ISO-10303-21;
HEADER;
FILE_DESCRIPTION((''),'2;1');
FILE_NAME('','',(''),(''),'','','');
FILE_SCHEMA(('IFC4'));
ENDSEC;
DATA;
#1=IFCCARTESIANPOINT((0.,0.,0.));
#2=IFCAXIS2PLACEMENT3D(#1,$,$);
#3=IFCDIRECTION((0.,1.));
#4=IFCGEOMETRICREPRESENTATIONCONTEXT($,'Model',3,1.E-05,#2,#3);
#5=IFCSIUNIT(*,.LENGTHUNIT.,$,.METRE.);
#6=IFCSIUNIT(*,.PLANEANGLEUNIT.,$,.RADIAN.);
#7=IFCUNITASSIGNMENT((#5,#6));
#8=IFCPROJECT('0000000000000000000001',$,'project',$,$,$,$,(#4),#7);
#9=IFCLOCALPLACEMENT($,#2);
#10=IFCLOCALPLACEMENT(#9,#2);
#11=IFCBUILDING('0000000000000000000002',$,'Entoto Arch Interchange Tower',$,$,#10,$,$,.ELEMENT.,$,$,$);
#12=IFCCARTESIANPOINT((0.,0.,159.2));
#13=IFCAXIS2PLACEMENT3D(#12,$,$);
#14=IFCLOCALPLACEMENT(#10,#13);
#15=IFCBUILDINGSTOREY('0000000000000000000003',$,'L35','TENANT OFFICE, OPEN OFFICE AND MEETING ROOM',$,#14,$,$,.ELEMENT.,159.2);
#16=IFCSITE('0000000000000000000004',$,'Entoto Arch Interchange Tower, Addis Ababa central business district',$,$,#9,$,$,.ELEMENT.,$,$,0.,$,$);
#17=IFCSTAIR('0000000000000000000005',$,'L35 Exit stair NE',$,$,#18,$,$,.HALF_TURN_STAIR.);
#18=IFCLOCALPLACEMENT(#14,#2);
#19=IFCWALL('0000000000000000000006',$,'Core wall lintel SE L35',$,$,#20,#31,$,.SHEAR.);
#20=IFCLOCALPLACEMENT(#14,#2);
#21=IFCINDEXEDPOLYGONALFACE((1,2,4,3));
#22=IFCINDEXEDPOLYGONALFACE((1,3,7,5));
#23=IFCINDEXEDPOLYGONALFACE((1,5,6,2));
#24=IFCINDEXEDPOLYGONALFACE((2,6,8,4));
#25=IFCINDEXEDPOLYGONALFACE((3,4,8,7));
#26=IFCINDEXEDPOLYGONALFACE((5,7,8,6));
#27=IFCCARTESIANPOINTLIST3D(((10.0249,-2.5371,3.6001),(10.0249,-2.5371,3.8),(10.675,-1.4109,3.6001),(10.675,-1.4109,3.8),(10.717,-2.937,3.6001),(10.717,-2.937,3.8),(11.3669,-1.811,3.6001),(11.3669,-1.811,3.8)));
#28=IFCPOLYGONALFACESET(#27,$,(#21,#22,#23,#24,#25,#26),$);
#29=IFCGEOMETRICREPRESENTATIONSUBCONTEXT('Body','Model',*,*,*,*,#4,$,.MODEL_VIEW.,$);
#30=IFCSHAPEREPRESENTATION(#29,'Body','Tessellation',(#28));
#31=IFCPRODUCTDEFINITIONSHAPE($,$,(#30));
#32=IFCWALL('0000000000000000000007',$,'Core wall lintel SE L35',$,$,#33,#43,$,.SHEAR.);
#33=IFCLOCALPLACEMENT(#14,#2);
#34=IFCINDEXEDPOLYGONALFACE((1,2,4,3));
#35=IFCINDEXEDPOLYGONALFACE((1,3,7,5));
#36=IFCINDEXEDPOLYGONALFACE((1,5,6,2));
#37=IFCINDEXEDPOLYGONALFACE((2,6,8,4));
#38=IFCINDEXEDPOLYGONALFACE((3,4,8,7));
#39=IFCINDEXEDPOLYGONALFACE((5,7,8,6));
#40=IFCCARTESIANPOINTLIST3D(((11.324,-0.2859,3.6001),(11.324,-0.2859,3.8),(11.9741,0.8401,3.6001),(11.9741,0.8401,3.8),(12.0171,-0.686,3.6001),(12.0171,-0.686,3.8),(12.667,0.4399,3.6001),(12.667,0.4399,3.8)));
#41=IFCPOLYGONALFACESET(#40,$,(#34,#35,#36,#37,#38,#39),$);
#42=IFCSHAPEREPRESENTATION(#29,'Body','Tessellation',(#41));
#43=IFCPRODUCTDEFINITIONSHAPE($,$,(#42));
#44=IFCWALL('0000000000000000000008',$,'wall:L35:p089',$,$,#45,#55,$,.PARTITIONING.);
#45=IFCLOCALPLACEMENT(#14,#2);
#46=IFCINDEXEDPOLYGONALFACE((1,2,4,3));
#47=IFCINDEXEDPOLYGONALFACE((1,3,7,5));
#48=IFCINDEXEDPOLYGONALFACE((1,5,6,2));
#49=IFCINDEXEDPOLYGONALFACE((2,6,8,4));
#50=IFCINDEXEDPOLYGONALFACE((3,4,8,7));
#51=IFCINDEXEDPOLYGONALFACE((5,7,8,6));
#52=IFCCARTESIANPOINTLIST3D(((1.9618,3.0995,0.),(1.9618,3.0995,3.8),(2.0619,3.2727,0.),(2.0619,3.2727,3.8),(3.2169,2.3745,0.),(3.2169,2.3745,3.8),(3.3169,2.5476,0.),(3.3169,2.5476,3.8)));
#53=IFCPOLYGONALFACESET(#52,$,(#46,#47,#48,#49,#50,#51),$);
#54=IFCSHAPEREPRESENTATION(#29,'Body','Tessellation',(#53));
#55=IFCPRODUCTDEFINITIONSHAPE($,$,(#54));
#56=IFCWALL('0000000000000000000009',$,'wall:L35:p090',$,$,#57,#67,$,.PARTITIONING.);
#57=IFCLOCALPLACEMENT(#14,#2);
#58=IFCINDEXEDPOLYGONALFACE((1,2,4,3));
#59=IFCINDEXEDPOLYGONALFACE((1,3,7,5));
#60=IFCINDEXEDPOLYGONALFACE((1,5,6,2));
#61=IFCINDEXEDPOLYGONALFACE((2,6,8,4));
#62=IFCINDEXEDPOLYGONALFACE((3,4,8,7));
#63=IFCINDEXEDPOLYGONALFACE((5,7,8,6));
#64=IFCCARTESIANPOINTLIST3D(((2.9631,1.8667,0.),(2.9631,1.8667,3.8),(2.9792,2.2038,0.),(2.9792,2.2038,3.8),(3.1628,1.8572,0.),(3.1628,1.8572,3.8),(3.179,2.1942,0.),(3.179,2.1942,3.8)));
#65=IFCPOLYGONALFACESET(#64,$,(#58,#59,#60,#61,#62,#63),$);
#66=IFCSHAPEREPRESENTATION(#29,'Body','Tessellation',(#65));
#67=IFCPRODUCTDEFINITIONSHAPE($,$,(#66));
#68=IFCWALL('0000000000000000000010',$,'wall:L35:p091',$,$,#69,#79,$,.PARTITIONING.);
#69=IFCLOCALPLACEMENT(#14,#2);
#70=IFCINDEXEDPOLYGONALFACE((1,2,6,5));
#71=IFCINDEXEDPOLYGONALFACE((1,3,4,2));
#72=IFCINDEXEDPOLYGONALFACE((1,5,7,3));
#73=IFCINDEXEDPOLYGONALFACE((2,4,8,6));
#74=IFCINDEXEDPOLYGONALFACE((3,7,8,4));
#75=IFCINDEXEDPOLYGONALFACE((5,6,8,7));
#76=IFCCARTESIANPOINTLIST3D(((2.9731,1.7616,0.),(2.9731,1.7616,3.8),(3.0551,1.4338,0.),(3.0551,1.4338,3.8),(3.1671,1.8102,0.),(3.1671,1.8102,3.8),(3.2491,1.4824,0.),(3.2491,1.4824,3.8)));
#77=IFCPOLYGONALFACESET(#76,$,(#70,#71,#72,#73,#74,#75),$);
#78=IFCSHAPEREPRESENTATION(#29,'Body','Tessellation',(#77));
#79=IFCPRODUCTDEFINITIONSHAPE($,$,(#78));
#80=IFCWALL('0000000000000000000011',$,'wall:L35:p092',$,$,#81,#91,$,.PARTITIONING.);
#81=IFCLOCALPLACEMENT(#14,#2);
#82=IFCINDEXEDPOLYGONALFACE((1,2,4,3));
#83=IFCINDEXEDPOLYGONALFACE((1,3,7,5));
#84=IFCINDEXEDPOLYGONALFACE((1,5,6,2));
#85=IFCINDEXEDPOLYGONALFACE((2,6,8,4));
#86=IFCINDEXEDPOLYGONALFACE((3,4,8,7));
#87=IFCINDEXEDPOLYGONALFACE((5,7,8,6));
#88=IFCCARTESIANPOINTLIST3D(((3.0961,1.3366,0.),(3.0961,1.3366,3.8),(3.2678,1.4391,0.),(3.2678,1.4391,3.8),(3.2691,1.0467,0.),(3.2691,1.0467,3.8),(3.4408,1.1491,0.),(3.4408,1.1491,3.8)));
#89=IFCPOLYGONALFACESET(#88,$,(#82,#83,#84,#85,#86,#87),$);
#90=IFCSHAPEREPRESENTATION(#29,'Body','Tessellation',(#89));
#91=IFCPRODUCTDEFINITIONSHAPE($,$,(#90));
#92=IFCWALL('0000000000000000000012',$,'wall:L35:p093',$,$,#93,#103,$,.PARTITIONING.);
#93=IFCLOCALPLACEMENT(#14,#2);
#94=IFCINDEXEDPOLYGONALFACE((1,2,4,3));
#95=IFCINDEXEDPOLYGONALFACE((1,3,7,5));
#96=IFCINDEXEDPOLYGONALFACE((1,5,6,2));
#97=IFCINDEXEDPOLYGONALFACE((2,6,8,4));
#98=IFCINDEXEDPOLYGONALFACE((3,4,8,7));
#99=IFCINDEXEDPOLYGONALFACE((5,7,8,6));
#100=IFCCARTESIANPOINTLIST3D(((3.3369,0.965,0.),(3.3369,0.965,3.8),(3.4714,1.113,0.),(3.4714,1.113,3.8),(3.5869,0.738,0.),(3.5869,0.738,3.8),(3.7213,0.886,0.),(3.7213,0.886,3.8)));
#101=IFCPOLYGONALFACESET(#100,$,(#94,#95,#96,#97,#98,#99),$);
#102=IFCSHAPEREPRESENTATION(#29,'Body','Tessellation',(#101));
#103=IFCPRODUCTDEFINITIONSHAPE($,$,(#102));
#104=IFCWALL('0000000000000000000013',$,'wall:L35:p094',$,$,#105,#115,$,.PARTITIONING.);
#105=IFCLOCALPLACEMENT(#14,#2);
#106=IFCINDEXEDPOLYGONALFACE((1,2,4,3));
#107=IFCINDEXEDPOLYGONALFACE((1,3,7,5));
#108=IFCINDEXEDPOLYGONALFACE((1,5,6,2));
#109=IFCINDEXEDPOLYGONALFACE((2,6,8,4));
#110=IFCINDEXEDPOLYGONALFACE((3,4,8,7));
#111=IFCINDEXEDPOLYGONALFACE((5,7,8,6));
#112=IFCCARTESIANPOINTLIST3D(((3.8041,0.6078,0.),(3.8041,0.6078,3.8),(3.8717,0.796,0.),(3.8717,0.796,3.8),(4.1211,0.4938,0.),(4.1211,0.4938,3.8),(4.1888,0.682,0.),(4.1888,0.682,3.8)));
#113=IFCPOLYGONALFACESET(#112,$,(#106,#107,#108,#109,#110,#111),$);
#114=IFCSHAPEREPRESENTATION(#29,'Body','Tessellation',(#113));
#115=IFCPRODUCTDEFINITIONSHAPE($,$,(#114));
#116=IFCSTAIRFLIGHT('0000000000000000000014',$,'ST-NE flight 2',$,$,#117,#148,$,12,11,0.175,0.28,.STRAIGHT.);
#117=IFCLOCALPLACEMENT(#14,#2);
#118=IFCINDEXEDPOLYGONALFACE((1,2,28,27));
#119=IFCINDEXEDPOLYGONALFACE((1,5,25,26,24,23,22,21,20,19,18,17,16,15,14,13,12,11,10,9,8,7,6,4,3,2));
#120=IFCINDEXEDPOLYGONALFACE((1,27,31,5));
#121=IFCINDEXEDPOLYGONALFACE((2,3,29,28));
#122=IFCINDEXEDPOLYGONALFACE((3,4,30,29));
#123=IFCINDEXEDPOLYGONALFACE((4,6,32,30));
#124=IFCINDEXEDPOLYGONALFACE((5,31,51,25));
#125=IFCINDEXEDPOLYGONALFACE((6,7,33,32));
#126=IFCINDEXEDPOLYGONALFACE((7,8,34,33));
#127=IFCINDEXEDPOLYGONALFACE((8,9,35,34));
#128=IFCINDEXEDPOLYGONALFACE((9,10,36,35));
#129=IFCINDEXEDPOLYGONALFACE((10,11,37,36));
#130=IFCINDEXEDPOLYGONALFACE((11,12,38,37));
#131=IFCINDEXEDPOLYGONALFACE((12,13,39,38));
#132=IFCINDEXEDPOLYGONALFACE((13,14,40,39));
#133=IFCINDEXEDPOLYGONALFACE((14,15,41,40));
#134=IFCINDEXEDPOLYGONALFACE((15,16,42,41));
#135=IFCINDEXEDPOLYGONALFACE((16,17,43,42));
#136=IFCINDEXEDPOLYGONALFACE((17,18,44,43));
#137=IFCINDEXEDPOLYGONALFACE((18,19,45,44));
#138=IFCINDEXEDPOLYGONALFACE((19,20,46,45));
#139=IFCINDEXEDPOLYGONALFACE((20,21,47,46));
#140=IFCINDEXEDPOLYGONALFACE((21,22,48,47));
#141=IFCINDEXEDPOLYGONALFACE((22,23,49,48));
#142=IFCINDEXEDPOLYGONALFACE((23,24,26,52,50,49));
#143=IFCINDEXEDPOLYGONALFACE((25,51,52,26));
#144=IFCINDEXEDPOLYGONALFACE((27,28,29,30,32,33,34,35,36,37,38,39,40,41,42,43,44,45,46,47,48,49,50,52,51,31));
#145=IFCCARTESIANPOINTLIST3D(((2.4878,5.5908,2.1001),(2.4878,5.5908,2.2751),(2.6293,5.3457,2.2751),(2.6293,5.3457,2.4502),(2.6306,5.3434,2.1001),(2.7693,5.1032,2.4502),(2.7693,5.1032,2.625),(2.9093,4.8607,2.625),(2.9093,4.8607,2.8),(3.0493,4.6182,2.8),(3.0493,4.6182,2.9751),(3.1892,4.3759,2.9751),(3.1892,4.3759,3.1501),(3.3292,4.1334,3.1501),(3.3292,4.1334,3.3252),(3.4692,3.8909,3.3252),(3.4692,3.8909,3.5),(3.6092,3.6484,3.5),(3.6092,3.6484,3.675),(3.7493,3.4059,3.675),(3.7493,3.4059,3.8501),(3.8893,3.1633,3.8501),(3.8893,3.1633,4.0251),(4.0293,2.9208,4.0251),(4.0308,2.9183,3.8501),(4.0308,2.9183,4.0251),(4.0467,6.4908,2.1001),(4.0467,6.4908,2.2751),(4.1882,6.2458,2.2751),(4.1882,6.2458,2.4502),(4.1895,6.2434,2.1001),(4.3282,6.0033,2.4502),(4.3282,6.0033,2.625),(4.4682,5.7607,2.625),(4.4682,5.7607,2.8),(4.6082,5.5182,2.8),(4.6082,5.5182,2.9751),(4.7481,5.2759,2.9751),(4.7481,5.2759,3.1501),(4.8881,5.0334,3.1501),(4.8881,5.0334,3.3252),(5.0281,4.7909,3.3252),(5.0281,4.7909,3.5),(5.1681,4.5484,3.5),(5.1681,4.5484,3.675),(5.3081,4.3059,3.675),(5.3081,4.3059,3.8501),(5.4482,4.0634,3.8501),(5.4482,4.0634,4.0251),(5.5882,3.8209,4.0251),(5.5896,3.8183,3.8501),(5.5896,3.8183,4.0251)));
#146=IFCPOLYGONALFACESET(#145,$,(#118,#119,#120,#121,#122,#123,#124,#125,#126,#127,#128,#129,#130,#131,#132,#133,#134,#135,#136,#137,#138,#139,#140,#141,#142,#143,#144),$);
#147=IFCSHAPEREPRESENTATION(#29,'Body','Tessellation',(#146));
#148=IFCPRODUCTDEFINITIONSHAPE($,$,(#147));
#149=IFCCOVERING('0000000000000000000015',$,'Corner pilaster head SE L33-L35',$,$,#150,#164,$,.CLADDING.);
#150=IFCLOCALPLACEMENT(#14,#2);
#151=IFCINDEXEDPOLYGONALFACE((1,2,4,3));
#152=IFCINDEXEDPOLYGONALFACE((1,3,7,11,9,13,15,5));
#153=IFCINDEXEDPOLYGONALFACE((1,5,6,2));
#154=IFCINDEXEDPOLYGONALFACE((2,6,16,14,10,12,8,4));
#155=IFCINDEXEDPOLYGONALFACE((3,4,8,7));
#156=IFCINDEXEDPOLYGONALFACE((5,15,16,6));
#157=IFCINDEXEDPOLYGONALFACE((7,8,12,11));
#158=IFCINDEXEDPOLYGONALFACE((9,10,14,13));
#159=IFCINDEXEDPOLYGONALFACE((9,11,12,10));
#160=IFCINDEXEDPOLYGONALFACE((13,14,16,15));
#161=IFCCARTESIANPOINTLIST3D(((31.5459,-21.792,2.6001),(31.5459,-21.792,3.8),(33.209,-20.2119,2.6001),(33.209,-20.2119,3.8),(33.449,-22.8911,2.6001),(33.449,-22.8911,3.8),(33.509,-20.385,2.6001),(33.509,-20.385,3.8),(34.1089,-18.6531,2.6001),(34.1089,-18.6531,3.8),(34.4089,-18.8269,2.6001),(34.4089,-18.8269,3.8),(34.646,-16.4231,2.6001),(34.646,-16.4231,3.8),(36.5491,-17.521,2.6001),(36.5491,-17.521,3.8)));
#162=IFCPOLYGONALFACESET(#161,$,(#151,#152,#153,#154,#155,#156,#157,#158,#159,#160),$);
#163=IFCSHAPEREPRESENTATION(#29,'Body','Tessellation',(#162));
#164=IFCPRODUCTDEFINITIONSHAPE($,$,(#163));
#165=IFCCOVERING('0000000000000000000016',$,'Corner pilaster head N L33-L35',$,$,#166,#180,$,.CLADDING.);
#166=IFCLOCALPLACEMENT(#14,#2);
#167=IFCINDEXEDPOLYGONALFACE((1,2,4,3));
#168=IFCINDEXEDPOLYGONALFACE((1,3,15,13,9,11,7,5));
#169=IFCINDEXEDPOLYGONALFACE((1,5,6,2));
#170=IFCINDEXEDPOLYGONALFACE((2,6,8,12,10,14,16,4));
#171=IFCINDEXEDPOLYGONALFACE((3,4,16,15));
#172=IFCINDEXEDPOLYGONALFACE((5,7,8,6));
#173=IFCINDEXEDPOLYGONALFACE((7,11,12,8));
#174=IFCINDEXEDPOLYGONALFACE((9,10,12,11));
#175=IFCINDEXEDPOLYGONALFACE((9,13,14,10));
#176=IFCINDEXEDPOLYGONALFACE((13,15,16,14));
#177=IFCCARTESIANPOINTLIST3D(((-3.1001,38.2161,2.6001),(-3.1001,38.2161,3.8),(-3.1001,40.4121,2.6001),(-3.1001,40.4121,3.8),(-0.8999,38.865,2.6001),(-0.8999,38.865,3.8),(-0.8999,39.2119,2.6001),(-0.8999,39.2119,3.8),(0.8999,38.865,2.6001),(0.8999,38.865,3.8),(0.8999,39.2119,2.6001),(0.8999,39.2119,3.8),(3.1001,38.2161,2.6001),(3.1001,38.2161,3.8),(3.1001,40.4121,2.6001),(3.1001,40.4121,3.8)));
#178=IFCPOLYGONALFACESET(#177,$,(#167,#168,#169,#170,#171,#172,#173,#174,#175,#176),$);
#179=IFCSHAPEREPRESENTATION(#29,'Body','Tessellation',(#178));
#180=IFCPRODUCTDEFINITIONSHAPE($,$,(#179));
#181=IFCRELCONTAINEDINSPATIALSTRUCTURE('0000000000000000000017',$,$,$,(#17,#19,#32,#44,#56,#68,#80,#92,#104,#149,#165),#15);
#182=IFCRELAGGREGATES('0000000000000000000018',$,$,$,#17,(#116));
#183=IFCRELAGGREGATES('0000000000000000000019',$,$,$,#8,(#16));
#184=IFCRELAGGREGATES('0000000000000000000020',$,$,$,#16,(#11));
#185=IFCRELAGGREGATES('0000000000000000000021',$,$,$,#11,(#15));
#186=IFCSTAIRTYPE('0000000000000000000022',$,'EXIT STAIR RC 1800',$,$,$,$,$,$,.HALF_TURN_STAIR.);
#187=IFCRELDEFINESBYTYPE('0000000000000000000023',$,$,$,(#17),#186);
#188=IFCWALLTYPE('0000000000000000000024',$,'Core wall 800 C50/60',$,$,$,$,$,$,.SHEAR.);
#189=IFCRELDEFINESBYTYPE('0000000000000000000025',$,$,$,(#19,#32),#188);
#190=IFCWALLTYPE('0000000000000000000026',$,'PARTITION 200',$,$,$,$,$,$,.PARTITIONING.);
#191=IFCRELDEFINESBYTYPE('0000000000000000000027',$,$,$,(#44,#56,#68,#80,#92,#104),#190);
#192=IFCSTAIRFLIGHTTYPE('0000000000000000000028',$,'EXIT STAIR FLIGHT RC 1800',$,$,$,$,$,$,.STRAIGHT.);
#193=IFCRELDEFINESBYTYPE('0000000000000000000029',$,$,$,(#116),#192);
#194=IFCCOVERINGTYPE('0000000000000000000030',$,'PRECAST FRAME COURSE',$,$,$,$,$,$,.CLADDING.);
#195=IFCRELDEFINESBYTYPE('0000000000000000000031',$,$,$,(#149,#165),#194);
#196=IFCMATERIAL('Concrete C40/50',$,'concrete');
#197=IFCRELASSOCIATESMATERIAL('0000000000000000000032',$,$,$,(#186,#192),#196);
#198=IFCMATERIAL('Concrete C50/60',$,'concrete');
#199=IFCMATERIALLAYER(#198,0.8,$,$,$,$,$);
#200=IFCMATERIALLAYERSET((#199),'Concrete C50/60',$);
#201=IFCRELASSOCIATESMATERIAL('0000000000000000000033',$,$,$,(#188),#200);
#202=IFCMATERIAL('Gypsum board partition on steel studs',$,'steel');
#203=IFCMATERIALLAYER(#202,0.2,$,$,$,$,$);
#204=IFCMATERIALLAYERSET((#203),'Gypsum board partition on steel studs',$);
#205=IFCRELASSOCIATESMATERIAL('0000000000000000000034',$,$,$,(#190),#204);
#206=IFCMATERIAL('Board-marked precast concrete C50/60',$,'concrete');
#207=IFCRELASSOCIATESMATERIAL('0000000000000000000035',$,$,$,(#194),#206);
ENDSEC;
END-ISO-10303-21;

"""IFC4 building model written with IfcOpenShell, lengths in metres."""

from ifc_helpers import new_model, si_unit, direction, frame, frame_2d, origin, place, context, subcontext, project, spatial, polyline, rectangle, outline, extrude, material, layer, layer_set, type_object, element, aggregate, save


model = new_model("IFC4")

# Units and contexts
model_context = context("Model", 3, precision=1e-05, world=origin(), true_north=direction((0.0, 1.0)))
body_context = subcontext(model_context, "Body", "Model", "MODEL_VIEW")
ifc_project = project(units=[si_unit("LENGTHUNIT", "METRE"), si_unit("PLANEANGLEUNIT", "RADIAN")], contexts=[model_context])

# Site, building, storey
site_placement = place(None, origin())
site = spatial("IfcSite", under=ifc_project, at=site_placement, Name="Entoto Arch Interchange Tower, Addis Ababa central business district", CompositionType="ELEMENT", RefElevation=0.0)
building_placement = place(site_placement, origin())
building = spatial("IfcBuilding", under=site, at=building_placement, Name="Entoto Arch Interchange Tower", CompositionType="ELEMENT")
storey_placement = place(building_placement, frame((0.0, 0.0, 159.2)))
storey = spatial("IfcBuildingStorey", under=building, at=storey_placement, Name="L35", Description="TENANT OFFICE, OPEN OFFICE AND MEETING ROOM", CompositionType="ELEMENT", Elevation=159.2)

# Shared definitions
ifc_material_1 = material(Name="Board-marked precast concrete C50/60", Category="concrete")
ifc_material_2 = material(Name="Concrete C40/50", Category="concrete")

# Stair
stair_type = type_object("IfcStairType", Name="EXIT STAIR RC 1800", PredefinedType="HALF_TURN_STAIR", material=ifc_material_2)
stair_1_placement = place(storey_placement, origin())
stair_1 = element("IfcStair", 1, at=stair_1_placement, inside=storey, type_object=stair_type, Name="L35 Exit stair NE", PredefinedType="HALF_TURN_STAIR")

# Walls
ifc_material_3 = material(Name="Concrete C50/60", Category="concrete")
ifc_layer_1 = layer(ifc_material_3, 0.8)
ifc_layer_set_1 = layer_set([ifc_layer_1], Name="Concrete C50/60")
wall_type_1 = type_object("IfcWallType", Name="Core wall 800 C50/60", PredefinedType="SHEAR", material=ifc_layer_set_1)
wall_1_placement = place(storey_placement, frame((0.0, 0.0, 3.6001)))
element("IfcWall", 2, at=wall_1_placement, inside=storey, type_object=wall_type_1, Name="Core wall lintel SE L35", PredefinedType="SHEAR", context=body_context, shape_type="SweptSolid", body=[
    extrude(outline(polyline([(11.3669, -1.811), (10.675, -1.4109), (10.0249, -2.5371), (10.717, -2.937), (11.3669, -1.811)])), origin(), (0.0, 0.0, 1.0), 0.2),
])
wall_2_placement = place(storey_placement, frame((0.0, 0.0, 3.6001)))
element("IfcWall", 3, at=wall_2_placement, inside=storey, type_object=wall_type_1, Name="Core wall lintel SE L35", PredefinedType="SHEAR", context=body_context, shape_type="SweptSolid", body=[
    extrude(outline(polyline([(12.667, 0.4399), (11.9741, 0.8401), (11.324, -0.2859), (12.0171, -0.686), (12.667, 0.4399)])), origin(), (0.0, 0.0, 1.0), 0.2),
])
ifc_material_4 = material(Name="Gypsum board partition on steel studs", Category="steel")
ifc_layer_2 = layer(ifc_material_4, 0.2)
ifc_layer_set_2 = layer_set([ifc_layer_2], Name="Gypsum board partition on steel studs")
wall_type_2 = type_object("IfcWallType", Name="PARTITION 200", PredefinedType="PARTITIONING", material=ifc_layer_set_2)
wall_3_placement = place(storey_placement, frame((2.012, 3.186, 0.0), z_axis=(0.0, 0.0, 1.0), x_axis=(0.865891, -0.500233, 0.0)))
element("IfcWall", 4, at=wall_3_placement, inside=storey, type_object=wall_type_2, Name="wall:L35:p089", PredefinedType="PARTITIONING", context=body_context, shape_type="SweptSolid", body=[
    extrude(rectangle(XDim=1.4495, YDim=0.2, at=frame_2d((0.7246, 0.0))), origin(), (0.0, 0.0, 1.0), 3.8),
])
wall_4_placement = place(storey_placement, frame((3.0791, 2.199, 0.0), z_axis=(0.0, 0.0, 1.0), x_axis=(-0.047771, -0.998858, 0.0)))
element("IfcWall", 5, at=wall_4_placement, inside=storey, type_object=wall_type_2, Name="wall:L35:p090", PredefinedType="PARTITIONING", context=body_context, shape_type="SweptSolid", body=[
    extrude(rectangle(XDim=0.3374, YDim=0.2, at=frame_2d((0.1687, 0.0))), origin(), (0.0, 0.0, 1.0), 3.8),
])
wall_5_placement = place(storey_placement, frame((3.0701, 1.7859, 0.0), z_axis=(0.0, 0.0, 1.0), x_axis=(0.242706, -0.9701, 0.0)))
element("IfcWall", 6, at=wall_5_placement, inside=storey, type_object=wall_type_2, Name="wall:L35:p091", PredefinedType="PARTITIONING", context=body_context, shape_type="SweptSolid", body=[
    extrude(rectangle(XDim=0.3379, YDim=0.2, at=frame_2d((0.1689, 0.0))), origin(), (0.0, 0.0, 1.0), 3.8),
])
for number, where, z_axis, x_axis, name in (
    (7, (3.1819, 1.3879, 0.0), (0.0, 0.0, 1.0), (0.512475, -0.858702, 0.0), "wall:L35:p092"),
    (8, (3.4041, 1.0391, 0.0), (0.0, 0.0, 1.0), (0.740267, -0.672313, 0.0), "wall:L35:p093"),
):
    element("IfcWall", number, at=place(storey_placement, frame(where, z_axis=z_axis, x_axis=x_axis)), inside=storey, type_object=wall_type_2, Name=name, PredefinedType="PARTITIONING", context=body_context, shape_type="SweptSolid", body=[
        extrude(rectangle(XDim=0.3376, YDim=0.2, at=frame_2d((0.1689, 0.0))), origin(), (0.0, 0.0, 1.0), 3.8),
    ])
wall_6_placement = place(storey_placement, frame((3.8379, 0.7019, 0.0), z_axis=(0.0, 0.0, 1.0), x_axis=(0.941035, -0.338309, 0.0)))
element("IfcWall", 9, at=wall_6_placement, inside=storey, type_object=wall_type_2, Name="wall:L35:p094", PredefinedType="PARTITIONING", context=body_context, shape_type="SweptSolid", body=[
    extrude(rectangle(XDim=0.3369, YDim=0.2, at=frame_2d((0.1685, 0.0))), origin(), (0.0, 0.0, 1.0), 3.8),
])

# Stair flight
stair_flight_type = type_object("IfcStairFlightType", Name="EXIT STAIR FLIGHT RC 1800", PredefinedType="STRAIGHT", material=ifc_material_2)
stair_flight_placement = place(storey_placement, frame((3.2688, 6.0383, 2.1001), z_axis=(0.0, 0.0, 1.0), x_axis=(0.5, -0.866025, 0.0)))
stair_flight = element("IfcStairFlight", 10, at=stair_flight_placement, type_object=stair_flight_type, Name="ST-NE flight 2", NumberOfRisers=12, NumberOfTreads=11, PredefinedType="STRAIGHT", RiserHeight=0.175, TreadLength=0.28, context=body_context, shape_type="SweptSolid", body=[
    extrude(outline(polyline([(-0.0029, 0.0), (-0.0029, 0.175), (0.28, 0.175), (0.28, 0.3501), (0.5601, 0.3501), (0.5601, 0.5249), (0.8401, 0.5249), (0.8401, 0.7), (1.1201, 0.7), (1.1201, 0.875), (1.3999, 0.875), (1.3999, 1.05), (1.6799, 1.05), (1.6799, 1.2251), (1.96, 1.2251), (1.96, 1.3999), (2.24, 1.3999), (2.24, 1.575), (2.52, 1.575), (2.52, 1.75), (2.8, 1.75), (2.8, 1.925), (3.0801, 1.925), (3.083, 1.925), (3.083, 1.75), (0.2827, 0.0), (-0.0029, 0.0)])), frame((0.0, 0.8999, 0.0), z_axis=(0.0, -1.0, 0.0), x_axis=(1.0, 0.0, 0.0)), (0.0, 0.0, 1.0), 1.8),
])
aggregate(stair_1, [stair_flight])

# Coverings
covering_type = type_object("IfcCoveringType", Name="PRECAST FRAME COURSE", PredefinedType="CLADDING", material=ifc_material_1)
covering_1_placement = place(storey_placement, frame((0.0, 0.0, 2.6001)))
element("IfcCovering", 11, at=covering_1_placement, inside=storey, type_object=covering_type, Name="Corner pilaster head SE L33-L35", PredefinedType="CLADDING", context=body_context, shape_type="SweptSolid", body=[
    extrude(outline(polyline([(36.5491, -17.521), (33.449, -22.8911), (31.5459, -21.792), (33.209, -20.2119), (33.509, -20.385), (34.4089, -18.8269), (34.1089, -18.6531), (34.646, -16.4231), (36.5491, -17.521)])), origin(), (0.0, 0.0, 1.0), 1.2),
])
covering_2_placement = place(storey_placement, frame((0.0, 0.0, 2.6001)))
element("IfcCovering", 12, at=covering_2_placement, inside=storey, type_object=covering_type, Name="Corner pilaster head N L33-L35", PredefinedType="CLADDING", context=body_context, shape_type="SweptSolid", body=[
    extrude(outline(polyline([(-3.1001, 40.4121), (3.1001, 40.4121), (3.1001, 38.2161), (0.8999, 38.865), (0.8999, 39.2119), (-0.8999, 39.2119), (-0.8999, 38.865), (-3.1001, 38.2161), (-3.1001, 40.4121)])), origin(), (0.0, 0.0, 1.0), 1.2),
])

save(model, "model.ifc")
